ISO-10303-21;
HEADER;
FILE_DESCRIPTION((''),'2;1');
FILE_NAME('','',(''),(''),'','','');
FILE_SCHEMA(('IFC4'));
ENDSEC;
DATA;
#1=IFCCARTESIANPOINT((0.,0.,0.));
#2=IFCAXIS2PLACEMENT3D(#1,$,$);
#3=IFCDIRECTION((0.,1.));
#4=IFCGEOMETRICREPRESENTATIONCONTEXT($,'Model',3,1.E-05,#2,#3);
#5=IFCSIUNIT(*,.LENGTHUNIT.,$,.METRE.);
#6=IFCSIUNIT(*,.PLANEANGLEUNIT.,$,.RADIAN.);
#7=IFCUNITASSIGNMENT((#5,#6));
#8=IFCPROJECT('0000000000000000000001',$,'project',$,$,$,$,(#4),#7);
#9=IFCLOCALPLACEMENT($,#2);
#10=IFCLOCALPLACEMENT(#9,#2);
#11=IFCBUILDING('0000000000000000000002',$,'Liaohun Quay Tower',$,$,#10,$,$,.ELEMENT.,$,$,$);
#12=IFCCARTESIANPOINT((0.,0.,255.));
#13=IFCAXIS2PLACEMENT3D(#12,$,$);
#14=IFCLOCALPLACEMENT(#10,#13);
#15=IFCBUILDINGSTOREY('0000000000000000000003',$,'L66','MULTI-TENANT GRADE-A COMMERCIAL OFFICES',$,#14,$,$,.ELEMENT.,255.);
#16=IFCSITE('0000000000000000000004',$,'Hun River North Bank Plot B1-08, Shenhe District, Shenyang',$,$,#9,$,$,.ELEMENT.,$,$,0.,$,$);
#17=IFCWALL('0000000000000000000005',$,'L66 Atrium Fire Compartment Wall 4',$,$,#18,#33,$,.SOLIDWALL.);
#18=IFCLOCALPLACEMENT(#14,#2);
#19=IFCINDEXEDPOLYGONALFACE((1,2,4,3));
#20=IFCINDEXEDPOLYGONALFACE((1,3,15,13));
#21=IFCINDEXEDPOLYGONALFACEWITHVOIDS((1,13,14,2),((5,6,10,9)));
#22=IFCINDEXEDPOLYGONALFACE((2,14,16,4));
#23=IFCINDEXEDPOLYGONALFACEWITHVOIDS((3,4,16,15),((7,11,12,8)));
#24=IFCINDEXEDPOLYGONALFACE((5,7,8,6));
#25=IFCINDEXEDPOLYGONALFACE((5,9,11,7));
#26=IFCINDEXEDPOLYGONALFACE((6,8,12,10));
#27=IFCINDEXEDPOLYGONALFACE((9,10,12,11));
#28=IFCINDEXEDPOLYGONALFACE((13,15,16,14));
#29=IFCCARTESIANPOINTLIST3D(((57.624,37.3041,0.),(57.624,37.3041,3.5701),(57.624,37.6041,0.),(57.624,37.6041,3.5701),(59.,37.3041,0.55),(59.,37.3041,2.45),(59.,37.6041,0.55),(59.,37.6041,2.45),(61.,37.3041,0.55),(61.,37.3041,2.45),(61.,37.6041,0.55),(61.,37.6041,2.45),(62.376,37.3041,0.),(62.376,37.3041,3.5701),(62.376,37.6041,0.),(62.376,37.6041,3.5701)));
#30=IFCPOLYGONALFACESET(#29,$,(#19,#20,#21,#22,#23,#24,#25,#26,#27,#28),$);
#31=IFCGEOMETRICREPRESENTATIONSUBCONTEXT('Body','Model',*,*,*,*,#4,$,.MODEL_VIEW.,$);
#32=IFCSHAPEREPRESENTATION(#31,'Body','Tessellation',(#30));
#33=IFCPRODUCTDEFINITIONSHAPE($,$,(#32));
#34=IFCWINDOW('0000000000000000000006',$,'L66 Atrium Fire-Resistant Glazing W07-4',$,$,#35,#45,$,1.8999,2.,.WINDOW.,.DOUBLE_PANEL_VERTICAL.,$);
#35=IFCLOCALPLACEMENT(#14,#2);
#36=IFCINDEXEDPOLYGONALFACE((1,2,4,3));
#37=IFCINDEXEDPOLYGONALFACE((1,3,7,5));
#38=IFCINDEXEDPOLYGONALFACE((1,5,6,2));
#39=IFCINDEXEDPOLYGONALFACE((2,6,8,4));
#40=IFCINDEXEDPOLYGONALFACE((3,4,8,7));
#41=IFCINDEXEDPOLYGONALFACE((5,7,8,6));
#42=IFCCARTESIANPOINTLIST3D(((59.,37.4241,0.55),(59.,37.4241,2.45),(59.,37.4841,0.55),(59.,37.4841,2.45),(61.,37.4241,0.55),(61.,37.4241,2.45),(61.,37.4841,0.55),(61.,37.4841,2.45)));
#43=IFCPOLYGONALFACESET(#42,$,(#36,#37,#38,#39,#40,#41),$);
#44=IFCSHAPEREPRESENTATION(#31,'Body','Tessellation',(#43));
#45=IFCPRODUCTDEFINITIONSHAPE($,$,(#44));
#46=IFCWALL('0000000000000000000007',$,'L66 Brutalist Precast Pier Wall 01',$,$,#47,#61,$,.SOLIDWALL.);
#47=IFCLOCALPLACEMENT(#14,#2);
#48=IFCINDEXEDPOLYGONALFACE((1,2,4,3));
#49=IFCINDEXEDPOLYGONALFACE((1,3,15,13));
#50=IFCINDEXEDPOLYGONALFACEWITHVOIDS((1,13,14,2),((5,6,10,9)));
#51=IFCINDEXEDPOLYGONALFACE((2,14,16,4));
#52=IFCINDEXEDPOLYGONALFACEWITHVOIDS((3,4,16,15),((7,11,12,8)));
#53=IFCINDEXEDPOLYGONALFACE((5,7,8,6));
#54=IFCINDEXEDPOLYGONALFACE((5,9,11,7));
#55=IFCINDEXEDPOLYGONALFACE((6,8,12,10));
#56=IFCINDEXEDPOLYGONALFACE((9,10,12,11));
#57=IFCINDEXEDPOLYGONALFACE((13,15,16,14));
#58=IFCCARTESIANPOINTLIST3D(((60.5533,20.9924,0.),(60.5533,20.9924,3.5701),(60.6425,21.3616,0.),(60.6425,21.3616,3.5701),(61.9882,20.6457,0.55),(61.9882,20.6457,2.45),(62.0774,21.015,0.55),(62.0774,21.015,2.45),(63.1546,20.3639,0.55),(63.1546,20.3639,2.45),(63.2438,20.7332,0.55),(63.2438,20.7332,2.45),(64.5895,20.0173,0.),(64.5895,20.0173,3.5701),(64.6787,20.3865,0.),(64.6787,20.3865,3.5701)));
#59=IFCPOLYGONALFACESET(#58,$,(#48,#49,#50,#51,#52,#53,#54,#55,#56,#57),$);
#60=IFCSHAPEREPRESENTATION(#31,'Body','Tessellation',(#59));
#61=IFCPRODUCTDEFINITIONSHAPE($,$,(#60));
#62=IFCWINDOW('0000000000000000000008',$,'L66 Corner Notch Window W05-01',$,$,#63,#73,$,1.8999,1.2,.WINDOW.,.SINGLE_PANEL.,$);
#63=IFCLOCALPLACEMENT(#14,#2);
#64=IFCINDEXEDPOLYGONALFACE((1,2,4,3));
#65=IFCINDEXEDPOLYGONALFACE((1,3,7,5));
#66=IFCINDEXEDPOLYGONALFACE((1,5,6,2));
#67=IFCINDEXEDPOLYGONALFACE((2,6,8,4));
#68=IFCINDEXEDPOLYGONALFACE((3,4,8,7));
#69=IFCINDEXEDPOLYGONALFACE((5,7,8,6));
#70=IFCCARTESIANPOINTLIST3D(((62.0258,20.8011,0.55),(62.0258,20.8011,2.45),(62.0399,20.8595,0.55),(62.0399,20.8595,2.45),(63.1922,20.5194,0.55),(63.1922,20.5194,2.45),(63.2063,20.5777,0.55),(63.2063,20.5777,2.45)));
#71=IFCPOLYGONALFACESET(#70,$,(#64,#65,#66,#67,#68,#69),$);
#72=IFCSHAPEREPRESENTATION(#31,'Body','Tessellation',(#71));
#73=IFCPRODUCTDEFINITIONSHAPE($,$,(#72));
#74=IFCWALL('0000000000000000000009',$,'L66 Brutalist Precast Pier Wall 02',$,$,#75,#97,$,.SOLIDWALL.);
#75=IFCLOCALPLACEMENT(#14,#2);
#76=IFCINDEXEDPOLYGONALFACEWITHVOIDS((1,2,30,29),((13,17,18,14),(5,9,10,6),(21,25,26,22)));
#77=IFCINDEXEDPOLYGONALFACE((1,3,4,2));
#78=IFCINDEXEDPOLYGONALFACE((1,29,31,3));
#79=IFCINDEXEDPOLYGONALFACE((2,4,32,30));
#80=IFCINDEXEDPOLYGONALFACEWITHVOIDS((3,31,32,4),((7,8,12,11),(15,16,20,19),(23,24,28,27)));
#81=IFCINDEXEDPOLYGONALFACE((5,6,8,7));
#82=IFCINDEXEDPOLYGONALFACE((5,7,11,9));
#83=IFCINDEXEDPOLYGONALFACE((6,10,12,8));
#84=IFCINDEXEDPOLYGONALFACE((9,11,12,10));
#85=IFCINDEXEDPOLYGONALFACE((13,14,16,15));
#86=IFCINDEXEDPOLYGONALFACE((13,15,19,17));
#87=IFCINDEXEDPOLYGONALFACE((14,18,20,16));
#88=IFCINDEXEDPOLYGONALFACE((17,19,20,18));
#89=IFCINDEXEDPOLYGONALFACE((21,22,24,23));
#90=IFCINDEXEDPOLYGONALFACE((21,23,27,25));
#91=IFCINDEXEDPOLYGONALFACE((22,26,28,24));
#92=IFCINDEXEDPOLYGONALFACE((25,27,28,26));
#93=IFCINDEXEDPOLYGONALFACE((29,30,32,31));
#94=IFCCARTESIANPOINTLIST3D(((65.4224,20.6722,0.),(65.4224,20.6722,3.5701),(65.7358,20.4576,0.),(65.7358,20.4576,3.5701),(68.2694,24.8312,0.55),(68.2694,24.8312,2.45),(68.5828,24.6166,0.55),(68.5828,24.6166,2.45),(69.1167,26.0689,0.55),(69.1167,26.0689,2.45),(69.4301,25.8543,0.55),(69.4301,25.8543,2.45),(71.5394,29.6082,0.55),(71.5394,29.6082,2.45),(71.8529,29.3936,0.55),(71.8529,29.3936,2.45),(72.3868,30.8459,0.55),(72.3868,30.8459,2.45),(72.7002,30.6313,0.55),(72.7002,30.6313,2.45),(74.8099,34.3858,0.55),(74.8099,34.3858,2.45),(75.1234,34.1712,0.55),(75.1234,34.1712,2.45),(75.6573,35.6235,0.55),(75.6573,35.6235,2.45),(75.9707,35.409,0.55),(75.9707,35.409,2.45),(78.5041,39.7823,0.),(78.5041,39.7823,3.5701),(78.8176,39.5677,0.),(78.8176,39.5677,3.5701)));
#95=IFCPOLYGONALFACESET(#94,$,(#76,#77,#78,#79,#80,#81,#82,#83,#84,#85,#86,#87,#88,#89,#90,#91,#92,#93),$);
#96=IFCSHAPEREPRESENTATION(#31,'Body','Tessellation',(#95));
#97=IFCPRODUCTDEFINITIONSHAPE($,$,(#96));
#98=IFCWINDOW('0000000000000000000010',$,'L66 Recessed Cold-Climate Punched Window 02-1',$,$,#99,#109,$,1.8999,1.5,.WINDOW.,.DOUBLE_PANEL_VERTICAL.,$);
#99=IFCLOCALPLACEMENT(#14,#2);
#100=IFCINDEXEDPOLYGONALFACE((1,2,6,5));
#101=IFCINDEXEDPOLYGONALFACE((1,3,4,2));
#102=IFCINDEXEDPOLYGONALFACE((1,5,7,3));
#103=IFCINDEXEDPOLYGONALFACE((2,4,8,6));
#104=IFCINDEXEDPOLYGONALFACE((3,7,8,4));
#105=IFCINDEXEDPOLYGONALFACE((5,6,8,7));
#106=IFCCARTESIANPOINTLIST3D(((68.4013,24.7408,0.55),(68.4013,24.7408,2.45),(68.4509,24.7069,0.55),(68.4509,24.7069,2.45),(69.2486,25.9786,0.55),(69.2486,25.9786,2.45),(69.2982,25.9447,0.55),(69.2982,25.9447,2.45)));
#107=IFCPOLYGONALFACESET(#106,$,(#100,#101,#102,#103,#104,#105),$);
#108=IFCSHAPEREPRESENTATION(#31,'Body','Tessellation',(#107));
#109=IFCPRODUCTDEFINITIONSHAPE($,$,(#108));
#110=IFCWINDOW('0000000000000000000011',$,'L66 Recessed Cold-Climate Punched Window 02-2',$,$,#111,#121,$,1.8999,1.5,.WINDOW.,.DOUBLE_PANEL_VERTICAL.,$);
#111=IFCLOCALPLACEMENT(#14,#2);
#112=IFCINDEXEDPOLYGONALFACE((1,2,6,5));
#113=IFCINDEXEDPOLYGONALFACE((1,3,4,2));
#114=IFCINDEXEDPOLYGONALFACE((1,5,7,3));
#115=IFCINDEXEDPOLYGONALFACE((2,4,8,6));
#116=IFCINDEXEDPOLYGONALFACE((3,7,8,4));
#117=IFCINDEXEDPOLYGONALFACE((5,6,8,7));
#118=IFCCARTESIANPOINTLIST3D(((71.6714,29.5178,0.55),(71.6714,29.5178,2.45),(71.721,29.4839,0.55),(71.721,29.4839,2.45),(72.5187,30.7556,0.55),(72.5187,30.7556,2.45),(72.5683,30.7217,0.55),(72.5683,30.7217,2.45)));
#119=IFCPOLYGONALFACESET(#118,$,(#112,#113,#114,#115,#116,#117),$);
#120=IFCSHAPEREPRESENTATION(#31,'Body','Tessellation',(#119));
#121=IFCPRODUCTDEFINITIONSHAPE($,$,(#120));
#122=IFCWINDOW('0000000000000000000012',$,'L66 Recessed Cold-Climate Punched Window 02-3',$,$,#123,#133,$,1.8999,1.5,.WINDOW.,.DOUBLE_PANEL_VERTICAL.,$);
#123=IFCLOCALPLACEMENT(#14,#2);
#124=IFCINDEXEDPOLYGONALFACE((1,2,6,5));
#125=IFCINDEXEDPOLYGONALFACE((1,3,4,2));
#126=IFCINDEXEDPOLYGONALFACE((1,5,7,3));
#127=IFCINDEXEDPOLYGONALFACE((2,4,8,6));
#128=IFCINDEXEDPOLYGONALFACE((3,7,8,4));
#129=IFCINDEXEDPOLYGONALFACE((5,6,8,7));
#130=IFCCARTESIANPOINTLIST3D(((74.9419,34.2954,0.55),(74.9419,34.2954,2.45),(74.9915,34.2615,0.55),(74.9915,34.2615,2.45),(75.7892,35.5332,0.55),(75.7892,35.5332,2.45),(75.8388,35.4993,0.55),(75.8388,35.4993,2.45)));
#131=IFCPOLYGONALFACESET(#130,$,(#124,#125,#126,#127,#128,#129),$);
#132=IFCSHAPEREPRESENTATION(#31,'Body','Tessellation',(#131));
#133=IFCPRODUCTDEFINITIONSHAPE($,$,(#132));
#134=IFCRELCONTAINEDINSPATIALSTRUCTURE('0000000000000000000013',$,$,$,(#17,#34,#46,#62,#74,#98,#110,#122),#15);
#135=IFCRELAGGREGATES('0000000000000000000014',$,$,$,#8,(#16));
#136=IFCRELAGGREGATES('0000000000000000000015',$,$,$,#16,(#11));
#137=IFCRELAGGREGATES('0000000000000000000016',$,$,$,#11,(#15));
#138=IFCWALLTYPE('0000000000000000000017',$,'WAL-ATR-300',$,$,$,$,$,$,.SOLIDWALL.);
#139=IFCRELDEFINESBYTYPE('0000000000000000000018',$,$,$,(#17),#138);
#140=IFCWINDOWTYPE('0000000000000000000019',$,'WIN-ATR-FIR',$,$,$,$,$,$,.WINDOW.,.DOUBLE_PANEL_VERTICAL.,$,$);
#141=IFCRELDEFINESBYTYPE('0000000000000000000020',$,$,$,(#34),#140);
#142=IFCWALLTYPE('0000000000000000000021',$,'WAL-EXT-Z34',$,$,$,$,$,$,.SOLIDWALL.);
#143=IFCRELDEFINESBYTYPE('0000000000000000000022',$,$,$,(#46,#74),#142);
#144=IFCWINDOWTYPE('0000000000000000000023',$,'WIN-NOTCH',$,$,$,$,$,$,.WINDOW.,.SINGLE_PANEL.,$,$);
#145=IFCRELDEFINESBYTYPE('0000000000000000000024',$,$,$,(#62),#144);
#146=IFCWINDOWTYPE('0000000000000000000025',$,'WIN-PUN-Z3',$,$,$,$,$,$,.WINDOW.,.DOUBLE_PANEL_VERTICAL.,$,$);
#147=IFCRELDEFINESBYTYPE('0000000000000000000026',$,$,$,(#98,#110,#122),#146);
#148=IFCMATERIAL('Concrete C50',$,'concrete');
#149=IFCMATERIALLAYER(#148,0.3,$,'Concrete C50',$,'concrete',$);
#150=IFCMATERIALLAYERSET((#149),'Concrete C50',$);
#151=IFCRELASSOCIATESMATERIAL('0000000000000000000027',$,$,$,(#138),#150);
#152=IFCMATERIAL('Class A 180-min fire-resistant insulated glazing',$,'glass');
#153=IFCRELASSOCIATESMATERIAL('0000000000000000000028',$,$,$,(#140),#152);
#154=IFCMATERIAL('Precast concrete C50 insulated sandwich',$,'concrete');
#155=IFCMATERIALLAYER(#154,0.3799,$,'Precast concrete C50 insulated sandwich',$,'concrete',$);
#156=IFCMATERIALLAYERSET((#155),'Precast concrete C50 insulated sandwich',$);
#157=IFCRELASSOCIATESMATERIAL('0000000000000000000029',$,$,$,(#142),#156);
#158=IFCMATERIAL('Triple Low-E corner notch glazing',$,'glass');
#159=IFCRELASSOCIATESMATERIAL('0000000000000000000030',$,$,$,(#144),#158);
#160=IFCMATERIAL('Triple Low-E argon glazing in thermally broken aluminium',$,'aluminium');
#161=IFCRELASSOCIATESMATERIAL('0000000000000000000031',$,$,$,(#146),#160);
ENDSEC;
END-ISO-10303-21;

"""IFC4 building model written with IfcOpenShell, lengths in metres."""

from ifc_helpers import new_model, si_unit, direction, frame, frame_2d, origin, place, context, subcontext, project, spatial, rectangle, extrude, source, transform, mapped, material, layer, layer_set, type_object, element, fill, save


model = new_model("IFC4")

# Units and contexts
model_context = context("Model", 3, precision=1e-05, world=origin(), true_north=direction((0.0, 1.0)))
body_context = subcontext(model_context, "Body", "Model", "MODEL_VIEW")
ifc_project = project(units=[si_unit("LENGTHUNIT", "METRE"), si_unit("PLANEANGLEUNIT", "RADIAN")], contexts=[model_context])

# Site, building, storey
site_placement = place(None, origin())
site = spatial("IfcSite", under=ifc_project, at=site_placement, Name="Hun River North Bank Plot B1-08, Shenhe District, Shenyang", CompositionType="ELEMENT", RefElevation=0.0)
building_placement = place(site_placement, origin())
building = spatial("IfcBuilding", under=site, at=building_placement, Name="Liaohun Quay Tower", CompositionType="ELEMENT")
storey_placement = place(building_placement, frame((0.0, 0.0, 255.0)))
storey = spatial("IfcBuildingStorey", under=building, at=storey_placement, Name="L66", Description="MULTI-TENANT GRADE-A COMMERCIAL OFFICES", CompositionType="ELEMENT", Elevation=255.0)

# Walls, openings, windows
ifc_material_1 = material(Name="Concrete C50", Category="concrete")
ifc_layer_1 = layer(ifc_material_1, 0.3, Name="Concrete C50", Category="concrete")
ifc_layer_set_1 = layer_set([ifc_layer_1], Name="Concrete C50")
wall_type_1 = type_object("IfcWallType", Name="WAL-ATR-300", PredefinedType="SOLIDWALL", material=ifc_layer_set_1)
shared_shape_1 = source(origin(), body_context, "Body", "SweptSolid", [
    extrude(rectangle(XDim=2.0, YDim=1.8999, at=frame_2d((1.0, 0.95))), frame((0.0, 0.1599, 0.0), z_axis=(0.0, -1.0, 0.0), x_axis=(1.0, 0.0, 0.0)), (0.0, 0.0, 1.0), 0.3201),
])
ifc_material_2 = material(Name="Class A 180-min fire-resistant insulated glazing", Category="glass")
window_type_1 = type_object("IfcWindowType", Name="WIN-ATR-FIR", PartitioningType="DOUBLE_PANEL_VERTICAL", PredefinedType="WINDOW", material=ifc_material_2)
shared_shape_2 = source(origin(), body_context, "Body", "SweptSolid", [
    extrude(rectangle(XDim=2.0, YDim=1.8999, at=frame_2d((1.0, 0.95))), frame((0.0, 0.03, 0.0), z_axis=(0.0, -1.0, 0.0), x_axis=(1.0, 0.0, 0.0)), (0.0, 0.0, 1.0), 0.0601),
])
wall_1_placement = place(storey_placement, frame((62.376, 37.4541, 0.0), z_axis=(0.0, 0.0, 1.0), x_axis=(-1.0, 0.0, 0.0)))
wall_1 = element("IfcWall", 1, at=wall_1_placement, inside=storey, type_object=wall_type_1, Name="L66 Atrium Fire Compartment Wall 4", PredefinedType="SOLIDWALL", context=body_context, shape_type="SweptSolid", body=[
    extrude(rectangle(XDim=4.752, YDim=0.3, at=frame_2d((2.376, 0.0))), origin(), (0.0, 0.0, 1.0), 3.5701),
])
opening_1_placement = place(wall_1_placement, frame((1.376, 0.0, 0.55)))
opening_1 = element("IfcOpeningElement", 2, at=opening_1_placement, cuts=wall_1, PredefinedType="OPENING", context=body_context, shape_type="MappedRepresentation", body=[
    mapped(shared_shape_1, transform((0.0, 0.0, 0.0), x_axis=(1.0, 0.0, 0.0), y_axis=(0.0, 1.0, 0.0), z_axis=(0.0, 0.0, 1.0), scale=1.0)),
])
window_1_placement = place(opening_1_placement, origin())
window_1 = element("IfcWindow", 3, at=window_1_placement, inside=storey, type_object=window_type_1, Name="L66 Atrium Fire-Resistant Glazing W07-4", OverallHeight=1.8999, OverallWidth=2.0, PartitioningType="DOUBLE_PANEL_VERTICAL", PredefinedType="WINDOW", context=body_context, shape_type="MappedRepresentation", body=[
    mapped(shared_shape_2, transform((0.0, 0.0, 0.0), x_axis=(1.0, 0.0, 0.0), y_axis=(0.0, 1.0, 0.0), z_axis=(0.0, 0.0, 1.0), scale=1.0)),
])
fill(opening_1, window_1)
ifc_material_3 = material(Name="Precast concrete C50 insulated sandwich", Category="concrete")
ifc_layer_2 = layer(ifc_material_3, 0.3799, Name="Precast concrete C50 insulated sandwich", Category="concrete")
ifc_layer_set_2 = layer_set([ifc_layer_2], Name="Precast concrete C50 insulated sandwich")
wall_type_2 = type_object("IfcWallType", Name="WAL-EXT-Z34", PredefinedType="SOLIDWALL", material=ifc_layer_set_2)
wall_2_placement = place(storey_placement, frame((60.5979, 21.177, 0.0), z_axis=(0.0, 0.0, 1.0), x_axis=(0.972035, -0.234836, 0.0)))
wall_2 = element("IfcWall", 4, at=wall_2_placement, inside=storey, type_object=wall_type_2, Name="L66 Brutalist Precast Pier Wall 01", PredefinedType="SOLIDWALL", context=body_context, shape_type="SweptSolid", body=[
    extrude(rectangle(XDim=4.1523, YDim=0.3799, at=frame_2d((2.0762, 0.0))), origin(), (0.0, 0.0, 1.0), 3.5701),
])
shared_shape_3 = source(origin(), body_context, "Body", "SweptSolid", [
    extrude(rectangle(XDim=1.2, YDim=1.8999, at=frame_2d((0.6001, 0.95))), frame((0.0, 0.2, 0.0), z_axis=(0.0, -1.0, 0.0), x_axis=(1.0, 0.0, 0.0)), (0.0, 0.0, 1.0), 0.3999),
])
opening_2_placement = place(wall_2_placement, frame((1.4761, 0.0, 0.55)))
opening_2 = element("IfcOpeningElement", 5, at=opening_2_placement, cuts=wall_2, PredefinedType="OPENING", context=body_context, shape_type="MappedRepresentation", body=[
    mapped(shared_shape_3, transform((0.0, 0.0, 0.0), x_axis=(1.0, 0.0, 0.0), y_axis=(0.0, 1.0, 0.0), z_axis=(0.0, 0.0, 1.0), scale=1.0)),
])
ifc_material_4 = material(Name="Triple Low-E corner notch glazing", Category="glass")
window_type_2 = type_object("IfcWindowType", Name="WIN-NOTCH", PartitioningType="SINGLE_PANEL", PredefinedType="WINDOW", material=ifc_material_4)
shared_shape_4 = source(origin(), body_context, "Body", "SweptSolid", [
    extrude(rectangle(XDim=1.2, YDim=1.8999, at=frame_2d((0.6001, 0.95))), frame((0.0, 0.03, 0.0), z_axis=(0.0, -1.0, 0.0), x_axis=(1.0, 0.0, 0.0)), (0.0, 0.0, 1.0), 0.0601),
])
window_2_placement = place(opening_2_placement, origin())
window_2 = element("IfcWindow", 6, at=window_2_placement, inside=storey, type_object=window_type_2, Name="L66 Corner Notch Window W05-01", OverallHeight=1.8999, OverallWidth=1.2, PartitioningType="SINGLE_PANEL", PredefinedType="WINDOW", context=body_context, shape_type="MappedRepresentation", body=[
    mapped(shared_shape_4, transform((0.0, 0.0, 0.0), x_axis=(1.0, 0.0, 0.0), y_axis=(0.0, 1.0, 0.0), z_axis=(0.0, 0.0, 1.0), scale=1.0)),
])
fill(opening_2, window_2)

# Wall, openings, windows
wall_3_placement = place(storey_placement, frame((65.5791, 20.5649, 0.0), z_axis=(0.0, 0.0, 1.0), x_axis=(0.564874, 0.825177, 0.0)))
wall_3 = element("IfcWall", 7, at=wall_3_placement, inside=storey, type_object=wall_type_2, Name="L66 Brutalist Precast Pier Wall 02", PredefinedType="SOLIDWALL", context=body_context, shape_type="SweptSolid", body=[
    extrude(rectangle(XDim=23.1587, YDim=0.3799, at=frame_2d((11.5793, 0.0))), origin(), (0.0, 0.0, 1.0), 3.5701),
])
shared_shape_5 = source(origin(), body_context, "Body", "SweptSolid", [
    extrude(rectangle(XDim=1.5, YDim=1.8999, at=frame_2d((0.75, 0.95))), frame((0.0, 0.2, 0.0), z_axis=(0.0, -1.0, 0.0), x_axis=(1.0, 0.0, 0.0)), (0.0, 0.0, 1.0), 0.3999),
])
opening_3_placement = place(wall_3_placement, frame((5.04, 0.0, 0.55)))
opening_3 = element("IfcOpeningElement", 8, at=opening_3_placement, cuts=wall_3, PredefinedType="OPENING", context=body_context, shape_type="MappedRepresentation", body=[
    mapped(shared_shape_5, transform((0.0, 0.0, 0.0), x_axis=(1.0, 0.0, 0.0), y_axis=(0.0, 1.0, 0.0), z_axis=(0.0, 0.0, 1.0), scale=1.0)),
])
opening_4_placement = place(wall_3_placement, frame((10.8291, 0.0, 0.55)))
opening_4 = element("IfcOpeningElement", 9, at=opening_4_placement, cuts=wall_3, PredefinedType="OPENING", context=body_context, shape_type="MappedRepresentation", body=[
    mapped(shared_shape_5, transform((0.0, 0.0, 0.0), x_axis=(1.0, 0.0, 0.0), y_axis=(0.0, 1.0, 0.0), z_axis=(0.0, 0.0, 1.0), scale=1.0)),
])
opening_5_placement = place(wall_3_placement, frame((16.6189, 0.0, 0.55)))
opening_5 = element("IfcOpeningElement", 10, at=opening_5_placement, cuts=wall_3, PredefinedType="OPENING", context=body_context, shape_type="MappedRepresentation", body=[
    mapped(shared_shape_5, transform((0.0, 0.0, 0.0), x_axis=(1.0, 0.0, 0.0), y_axis=(0.0, 1.0, 0.0), z_axis=(0.0, 0.0, 1.0), scale=1.0)),
])
ifc_material_5 = material(Name="Triple Low-E argon glazing in thermally broken aluminium", Category="aluminium")
window_type_3 = type_object("IfcWindowType", Name="WIN-PUN-Z3", PartitioningType="DOUBLE_PANEL_VERTICAL", PredefinedType="WINDOW", material=ifc_material_5)
shared_shape_6 = source(origin(), body_context, "Body", "SweptSolid", [
    extrude(rectangle(XDim=1.5, YDim=1.8999, at=frame_2d((0.75, 0.95))), frame((0.0, 0.03, 0.0), z_axis=(0.0, -1.0, 0.0), x_axis=(1.0, 0.0, 0.0)), (0.0, 0.0, 1.0), 0.0601),
])
window_3_placement = place(opening_3_placement, origin())
window_3 = element("IfcWindow", 11, at=window_3_placement, inside=storey, type_object=window_type_3, Name="L66 Recessed Cold-Climate Punched Window 02-1", OverallHeight=1.8999, OverallWidth=1.5, PartitioningType="DOUBLE_PANEL_VERTICAL", PredefinedType="WINDOW", context=body_context, shape_type="MappedRepresentation", body=[
    mapped(shared_shape_6, transform((0.0, 0.0, 0.0), x_axis=(1.0, 0.0, 0.0), y_axis=(0.0, 1.0, 0.0), z_axis=(0.0, 0.0, 1.0), scale=1.0)),
])
fill(opening_3, window_3)
window_4_placement = place(opening_4_placement, origin())
window_4 = element("IfcWindow", 12, at=window_4_placement, inside=storey, type_object=window_type_3, Name="L66 Recessed Cold-Climate Punched Window 02-2", OverallHeight=1.8999, OverallWidth=1.5, PartitioningType="DOUBLE_PANEL_VERTICAL", PredefinedType="WINDOW", context=body_context, shape_type="MappedRepresentation", body=[
    mapped(shared_shape_6, transform((0.0, 0.0, 0.0), x_axis=(1.0, 0.0, 0.0), y_axis=(0.0, 1.0, 0.0), z_axis=(0.0, 0.0, 1.0), scale=1.0)),
])
fill(opening_4, window_4)
window_5_placement = place(opening_5_placement, origin())
window_5 = element("IfcWindow", 13, at=window_5_placement, inside=storey, type_object=window_type_3, Name="L66 Recessed Cold-Climate Punched Window 02-3", OverallHeight=1.8999, OverallWidth=1.5, PartitioningType="DOUBLE_PANEL_VERTICAL", PredefinedType="WINDOW", context=body_context, shape_type="MappedRepresentation", body=[
    mapped(shared_shape_6, transform((0.0, 0.0, 0.0), x_axis=(1.0, 0.0, 0.0), y_axis=(0.0, 1.0, 0.0), z_axis=(0.0, 0.0, 1.0), scale=1.0)),
])
fill(opening_5, window_5)

save(model, "model.ifc")
